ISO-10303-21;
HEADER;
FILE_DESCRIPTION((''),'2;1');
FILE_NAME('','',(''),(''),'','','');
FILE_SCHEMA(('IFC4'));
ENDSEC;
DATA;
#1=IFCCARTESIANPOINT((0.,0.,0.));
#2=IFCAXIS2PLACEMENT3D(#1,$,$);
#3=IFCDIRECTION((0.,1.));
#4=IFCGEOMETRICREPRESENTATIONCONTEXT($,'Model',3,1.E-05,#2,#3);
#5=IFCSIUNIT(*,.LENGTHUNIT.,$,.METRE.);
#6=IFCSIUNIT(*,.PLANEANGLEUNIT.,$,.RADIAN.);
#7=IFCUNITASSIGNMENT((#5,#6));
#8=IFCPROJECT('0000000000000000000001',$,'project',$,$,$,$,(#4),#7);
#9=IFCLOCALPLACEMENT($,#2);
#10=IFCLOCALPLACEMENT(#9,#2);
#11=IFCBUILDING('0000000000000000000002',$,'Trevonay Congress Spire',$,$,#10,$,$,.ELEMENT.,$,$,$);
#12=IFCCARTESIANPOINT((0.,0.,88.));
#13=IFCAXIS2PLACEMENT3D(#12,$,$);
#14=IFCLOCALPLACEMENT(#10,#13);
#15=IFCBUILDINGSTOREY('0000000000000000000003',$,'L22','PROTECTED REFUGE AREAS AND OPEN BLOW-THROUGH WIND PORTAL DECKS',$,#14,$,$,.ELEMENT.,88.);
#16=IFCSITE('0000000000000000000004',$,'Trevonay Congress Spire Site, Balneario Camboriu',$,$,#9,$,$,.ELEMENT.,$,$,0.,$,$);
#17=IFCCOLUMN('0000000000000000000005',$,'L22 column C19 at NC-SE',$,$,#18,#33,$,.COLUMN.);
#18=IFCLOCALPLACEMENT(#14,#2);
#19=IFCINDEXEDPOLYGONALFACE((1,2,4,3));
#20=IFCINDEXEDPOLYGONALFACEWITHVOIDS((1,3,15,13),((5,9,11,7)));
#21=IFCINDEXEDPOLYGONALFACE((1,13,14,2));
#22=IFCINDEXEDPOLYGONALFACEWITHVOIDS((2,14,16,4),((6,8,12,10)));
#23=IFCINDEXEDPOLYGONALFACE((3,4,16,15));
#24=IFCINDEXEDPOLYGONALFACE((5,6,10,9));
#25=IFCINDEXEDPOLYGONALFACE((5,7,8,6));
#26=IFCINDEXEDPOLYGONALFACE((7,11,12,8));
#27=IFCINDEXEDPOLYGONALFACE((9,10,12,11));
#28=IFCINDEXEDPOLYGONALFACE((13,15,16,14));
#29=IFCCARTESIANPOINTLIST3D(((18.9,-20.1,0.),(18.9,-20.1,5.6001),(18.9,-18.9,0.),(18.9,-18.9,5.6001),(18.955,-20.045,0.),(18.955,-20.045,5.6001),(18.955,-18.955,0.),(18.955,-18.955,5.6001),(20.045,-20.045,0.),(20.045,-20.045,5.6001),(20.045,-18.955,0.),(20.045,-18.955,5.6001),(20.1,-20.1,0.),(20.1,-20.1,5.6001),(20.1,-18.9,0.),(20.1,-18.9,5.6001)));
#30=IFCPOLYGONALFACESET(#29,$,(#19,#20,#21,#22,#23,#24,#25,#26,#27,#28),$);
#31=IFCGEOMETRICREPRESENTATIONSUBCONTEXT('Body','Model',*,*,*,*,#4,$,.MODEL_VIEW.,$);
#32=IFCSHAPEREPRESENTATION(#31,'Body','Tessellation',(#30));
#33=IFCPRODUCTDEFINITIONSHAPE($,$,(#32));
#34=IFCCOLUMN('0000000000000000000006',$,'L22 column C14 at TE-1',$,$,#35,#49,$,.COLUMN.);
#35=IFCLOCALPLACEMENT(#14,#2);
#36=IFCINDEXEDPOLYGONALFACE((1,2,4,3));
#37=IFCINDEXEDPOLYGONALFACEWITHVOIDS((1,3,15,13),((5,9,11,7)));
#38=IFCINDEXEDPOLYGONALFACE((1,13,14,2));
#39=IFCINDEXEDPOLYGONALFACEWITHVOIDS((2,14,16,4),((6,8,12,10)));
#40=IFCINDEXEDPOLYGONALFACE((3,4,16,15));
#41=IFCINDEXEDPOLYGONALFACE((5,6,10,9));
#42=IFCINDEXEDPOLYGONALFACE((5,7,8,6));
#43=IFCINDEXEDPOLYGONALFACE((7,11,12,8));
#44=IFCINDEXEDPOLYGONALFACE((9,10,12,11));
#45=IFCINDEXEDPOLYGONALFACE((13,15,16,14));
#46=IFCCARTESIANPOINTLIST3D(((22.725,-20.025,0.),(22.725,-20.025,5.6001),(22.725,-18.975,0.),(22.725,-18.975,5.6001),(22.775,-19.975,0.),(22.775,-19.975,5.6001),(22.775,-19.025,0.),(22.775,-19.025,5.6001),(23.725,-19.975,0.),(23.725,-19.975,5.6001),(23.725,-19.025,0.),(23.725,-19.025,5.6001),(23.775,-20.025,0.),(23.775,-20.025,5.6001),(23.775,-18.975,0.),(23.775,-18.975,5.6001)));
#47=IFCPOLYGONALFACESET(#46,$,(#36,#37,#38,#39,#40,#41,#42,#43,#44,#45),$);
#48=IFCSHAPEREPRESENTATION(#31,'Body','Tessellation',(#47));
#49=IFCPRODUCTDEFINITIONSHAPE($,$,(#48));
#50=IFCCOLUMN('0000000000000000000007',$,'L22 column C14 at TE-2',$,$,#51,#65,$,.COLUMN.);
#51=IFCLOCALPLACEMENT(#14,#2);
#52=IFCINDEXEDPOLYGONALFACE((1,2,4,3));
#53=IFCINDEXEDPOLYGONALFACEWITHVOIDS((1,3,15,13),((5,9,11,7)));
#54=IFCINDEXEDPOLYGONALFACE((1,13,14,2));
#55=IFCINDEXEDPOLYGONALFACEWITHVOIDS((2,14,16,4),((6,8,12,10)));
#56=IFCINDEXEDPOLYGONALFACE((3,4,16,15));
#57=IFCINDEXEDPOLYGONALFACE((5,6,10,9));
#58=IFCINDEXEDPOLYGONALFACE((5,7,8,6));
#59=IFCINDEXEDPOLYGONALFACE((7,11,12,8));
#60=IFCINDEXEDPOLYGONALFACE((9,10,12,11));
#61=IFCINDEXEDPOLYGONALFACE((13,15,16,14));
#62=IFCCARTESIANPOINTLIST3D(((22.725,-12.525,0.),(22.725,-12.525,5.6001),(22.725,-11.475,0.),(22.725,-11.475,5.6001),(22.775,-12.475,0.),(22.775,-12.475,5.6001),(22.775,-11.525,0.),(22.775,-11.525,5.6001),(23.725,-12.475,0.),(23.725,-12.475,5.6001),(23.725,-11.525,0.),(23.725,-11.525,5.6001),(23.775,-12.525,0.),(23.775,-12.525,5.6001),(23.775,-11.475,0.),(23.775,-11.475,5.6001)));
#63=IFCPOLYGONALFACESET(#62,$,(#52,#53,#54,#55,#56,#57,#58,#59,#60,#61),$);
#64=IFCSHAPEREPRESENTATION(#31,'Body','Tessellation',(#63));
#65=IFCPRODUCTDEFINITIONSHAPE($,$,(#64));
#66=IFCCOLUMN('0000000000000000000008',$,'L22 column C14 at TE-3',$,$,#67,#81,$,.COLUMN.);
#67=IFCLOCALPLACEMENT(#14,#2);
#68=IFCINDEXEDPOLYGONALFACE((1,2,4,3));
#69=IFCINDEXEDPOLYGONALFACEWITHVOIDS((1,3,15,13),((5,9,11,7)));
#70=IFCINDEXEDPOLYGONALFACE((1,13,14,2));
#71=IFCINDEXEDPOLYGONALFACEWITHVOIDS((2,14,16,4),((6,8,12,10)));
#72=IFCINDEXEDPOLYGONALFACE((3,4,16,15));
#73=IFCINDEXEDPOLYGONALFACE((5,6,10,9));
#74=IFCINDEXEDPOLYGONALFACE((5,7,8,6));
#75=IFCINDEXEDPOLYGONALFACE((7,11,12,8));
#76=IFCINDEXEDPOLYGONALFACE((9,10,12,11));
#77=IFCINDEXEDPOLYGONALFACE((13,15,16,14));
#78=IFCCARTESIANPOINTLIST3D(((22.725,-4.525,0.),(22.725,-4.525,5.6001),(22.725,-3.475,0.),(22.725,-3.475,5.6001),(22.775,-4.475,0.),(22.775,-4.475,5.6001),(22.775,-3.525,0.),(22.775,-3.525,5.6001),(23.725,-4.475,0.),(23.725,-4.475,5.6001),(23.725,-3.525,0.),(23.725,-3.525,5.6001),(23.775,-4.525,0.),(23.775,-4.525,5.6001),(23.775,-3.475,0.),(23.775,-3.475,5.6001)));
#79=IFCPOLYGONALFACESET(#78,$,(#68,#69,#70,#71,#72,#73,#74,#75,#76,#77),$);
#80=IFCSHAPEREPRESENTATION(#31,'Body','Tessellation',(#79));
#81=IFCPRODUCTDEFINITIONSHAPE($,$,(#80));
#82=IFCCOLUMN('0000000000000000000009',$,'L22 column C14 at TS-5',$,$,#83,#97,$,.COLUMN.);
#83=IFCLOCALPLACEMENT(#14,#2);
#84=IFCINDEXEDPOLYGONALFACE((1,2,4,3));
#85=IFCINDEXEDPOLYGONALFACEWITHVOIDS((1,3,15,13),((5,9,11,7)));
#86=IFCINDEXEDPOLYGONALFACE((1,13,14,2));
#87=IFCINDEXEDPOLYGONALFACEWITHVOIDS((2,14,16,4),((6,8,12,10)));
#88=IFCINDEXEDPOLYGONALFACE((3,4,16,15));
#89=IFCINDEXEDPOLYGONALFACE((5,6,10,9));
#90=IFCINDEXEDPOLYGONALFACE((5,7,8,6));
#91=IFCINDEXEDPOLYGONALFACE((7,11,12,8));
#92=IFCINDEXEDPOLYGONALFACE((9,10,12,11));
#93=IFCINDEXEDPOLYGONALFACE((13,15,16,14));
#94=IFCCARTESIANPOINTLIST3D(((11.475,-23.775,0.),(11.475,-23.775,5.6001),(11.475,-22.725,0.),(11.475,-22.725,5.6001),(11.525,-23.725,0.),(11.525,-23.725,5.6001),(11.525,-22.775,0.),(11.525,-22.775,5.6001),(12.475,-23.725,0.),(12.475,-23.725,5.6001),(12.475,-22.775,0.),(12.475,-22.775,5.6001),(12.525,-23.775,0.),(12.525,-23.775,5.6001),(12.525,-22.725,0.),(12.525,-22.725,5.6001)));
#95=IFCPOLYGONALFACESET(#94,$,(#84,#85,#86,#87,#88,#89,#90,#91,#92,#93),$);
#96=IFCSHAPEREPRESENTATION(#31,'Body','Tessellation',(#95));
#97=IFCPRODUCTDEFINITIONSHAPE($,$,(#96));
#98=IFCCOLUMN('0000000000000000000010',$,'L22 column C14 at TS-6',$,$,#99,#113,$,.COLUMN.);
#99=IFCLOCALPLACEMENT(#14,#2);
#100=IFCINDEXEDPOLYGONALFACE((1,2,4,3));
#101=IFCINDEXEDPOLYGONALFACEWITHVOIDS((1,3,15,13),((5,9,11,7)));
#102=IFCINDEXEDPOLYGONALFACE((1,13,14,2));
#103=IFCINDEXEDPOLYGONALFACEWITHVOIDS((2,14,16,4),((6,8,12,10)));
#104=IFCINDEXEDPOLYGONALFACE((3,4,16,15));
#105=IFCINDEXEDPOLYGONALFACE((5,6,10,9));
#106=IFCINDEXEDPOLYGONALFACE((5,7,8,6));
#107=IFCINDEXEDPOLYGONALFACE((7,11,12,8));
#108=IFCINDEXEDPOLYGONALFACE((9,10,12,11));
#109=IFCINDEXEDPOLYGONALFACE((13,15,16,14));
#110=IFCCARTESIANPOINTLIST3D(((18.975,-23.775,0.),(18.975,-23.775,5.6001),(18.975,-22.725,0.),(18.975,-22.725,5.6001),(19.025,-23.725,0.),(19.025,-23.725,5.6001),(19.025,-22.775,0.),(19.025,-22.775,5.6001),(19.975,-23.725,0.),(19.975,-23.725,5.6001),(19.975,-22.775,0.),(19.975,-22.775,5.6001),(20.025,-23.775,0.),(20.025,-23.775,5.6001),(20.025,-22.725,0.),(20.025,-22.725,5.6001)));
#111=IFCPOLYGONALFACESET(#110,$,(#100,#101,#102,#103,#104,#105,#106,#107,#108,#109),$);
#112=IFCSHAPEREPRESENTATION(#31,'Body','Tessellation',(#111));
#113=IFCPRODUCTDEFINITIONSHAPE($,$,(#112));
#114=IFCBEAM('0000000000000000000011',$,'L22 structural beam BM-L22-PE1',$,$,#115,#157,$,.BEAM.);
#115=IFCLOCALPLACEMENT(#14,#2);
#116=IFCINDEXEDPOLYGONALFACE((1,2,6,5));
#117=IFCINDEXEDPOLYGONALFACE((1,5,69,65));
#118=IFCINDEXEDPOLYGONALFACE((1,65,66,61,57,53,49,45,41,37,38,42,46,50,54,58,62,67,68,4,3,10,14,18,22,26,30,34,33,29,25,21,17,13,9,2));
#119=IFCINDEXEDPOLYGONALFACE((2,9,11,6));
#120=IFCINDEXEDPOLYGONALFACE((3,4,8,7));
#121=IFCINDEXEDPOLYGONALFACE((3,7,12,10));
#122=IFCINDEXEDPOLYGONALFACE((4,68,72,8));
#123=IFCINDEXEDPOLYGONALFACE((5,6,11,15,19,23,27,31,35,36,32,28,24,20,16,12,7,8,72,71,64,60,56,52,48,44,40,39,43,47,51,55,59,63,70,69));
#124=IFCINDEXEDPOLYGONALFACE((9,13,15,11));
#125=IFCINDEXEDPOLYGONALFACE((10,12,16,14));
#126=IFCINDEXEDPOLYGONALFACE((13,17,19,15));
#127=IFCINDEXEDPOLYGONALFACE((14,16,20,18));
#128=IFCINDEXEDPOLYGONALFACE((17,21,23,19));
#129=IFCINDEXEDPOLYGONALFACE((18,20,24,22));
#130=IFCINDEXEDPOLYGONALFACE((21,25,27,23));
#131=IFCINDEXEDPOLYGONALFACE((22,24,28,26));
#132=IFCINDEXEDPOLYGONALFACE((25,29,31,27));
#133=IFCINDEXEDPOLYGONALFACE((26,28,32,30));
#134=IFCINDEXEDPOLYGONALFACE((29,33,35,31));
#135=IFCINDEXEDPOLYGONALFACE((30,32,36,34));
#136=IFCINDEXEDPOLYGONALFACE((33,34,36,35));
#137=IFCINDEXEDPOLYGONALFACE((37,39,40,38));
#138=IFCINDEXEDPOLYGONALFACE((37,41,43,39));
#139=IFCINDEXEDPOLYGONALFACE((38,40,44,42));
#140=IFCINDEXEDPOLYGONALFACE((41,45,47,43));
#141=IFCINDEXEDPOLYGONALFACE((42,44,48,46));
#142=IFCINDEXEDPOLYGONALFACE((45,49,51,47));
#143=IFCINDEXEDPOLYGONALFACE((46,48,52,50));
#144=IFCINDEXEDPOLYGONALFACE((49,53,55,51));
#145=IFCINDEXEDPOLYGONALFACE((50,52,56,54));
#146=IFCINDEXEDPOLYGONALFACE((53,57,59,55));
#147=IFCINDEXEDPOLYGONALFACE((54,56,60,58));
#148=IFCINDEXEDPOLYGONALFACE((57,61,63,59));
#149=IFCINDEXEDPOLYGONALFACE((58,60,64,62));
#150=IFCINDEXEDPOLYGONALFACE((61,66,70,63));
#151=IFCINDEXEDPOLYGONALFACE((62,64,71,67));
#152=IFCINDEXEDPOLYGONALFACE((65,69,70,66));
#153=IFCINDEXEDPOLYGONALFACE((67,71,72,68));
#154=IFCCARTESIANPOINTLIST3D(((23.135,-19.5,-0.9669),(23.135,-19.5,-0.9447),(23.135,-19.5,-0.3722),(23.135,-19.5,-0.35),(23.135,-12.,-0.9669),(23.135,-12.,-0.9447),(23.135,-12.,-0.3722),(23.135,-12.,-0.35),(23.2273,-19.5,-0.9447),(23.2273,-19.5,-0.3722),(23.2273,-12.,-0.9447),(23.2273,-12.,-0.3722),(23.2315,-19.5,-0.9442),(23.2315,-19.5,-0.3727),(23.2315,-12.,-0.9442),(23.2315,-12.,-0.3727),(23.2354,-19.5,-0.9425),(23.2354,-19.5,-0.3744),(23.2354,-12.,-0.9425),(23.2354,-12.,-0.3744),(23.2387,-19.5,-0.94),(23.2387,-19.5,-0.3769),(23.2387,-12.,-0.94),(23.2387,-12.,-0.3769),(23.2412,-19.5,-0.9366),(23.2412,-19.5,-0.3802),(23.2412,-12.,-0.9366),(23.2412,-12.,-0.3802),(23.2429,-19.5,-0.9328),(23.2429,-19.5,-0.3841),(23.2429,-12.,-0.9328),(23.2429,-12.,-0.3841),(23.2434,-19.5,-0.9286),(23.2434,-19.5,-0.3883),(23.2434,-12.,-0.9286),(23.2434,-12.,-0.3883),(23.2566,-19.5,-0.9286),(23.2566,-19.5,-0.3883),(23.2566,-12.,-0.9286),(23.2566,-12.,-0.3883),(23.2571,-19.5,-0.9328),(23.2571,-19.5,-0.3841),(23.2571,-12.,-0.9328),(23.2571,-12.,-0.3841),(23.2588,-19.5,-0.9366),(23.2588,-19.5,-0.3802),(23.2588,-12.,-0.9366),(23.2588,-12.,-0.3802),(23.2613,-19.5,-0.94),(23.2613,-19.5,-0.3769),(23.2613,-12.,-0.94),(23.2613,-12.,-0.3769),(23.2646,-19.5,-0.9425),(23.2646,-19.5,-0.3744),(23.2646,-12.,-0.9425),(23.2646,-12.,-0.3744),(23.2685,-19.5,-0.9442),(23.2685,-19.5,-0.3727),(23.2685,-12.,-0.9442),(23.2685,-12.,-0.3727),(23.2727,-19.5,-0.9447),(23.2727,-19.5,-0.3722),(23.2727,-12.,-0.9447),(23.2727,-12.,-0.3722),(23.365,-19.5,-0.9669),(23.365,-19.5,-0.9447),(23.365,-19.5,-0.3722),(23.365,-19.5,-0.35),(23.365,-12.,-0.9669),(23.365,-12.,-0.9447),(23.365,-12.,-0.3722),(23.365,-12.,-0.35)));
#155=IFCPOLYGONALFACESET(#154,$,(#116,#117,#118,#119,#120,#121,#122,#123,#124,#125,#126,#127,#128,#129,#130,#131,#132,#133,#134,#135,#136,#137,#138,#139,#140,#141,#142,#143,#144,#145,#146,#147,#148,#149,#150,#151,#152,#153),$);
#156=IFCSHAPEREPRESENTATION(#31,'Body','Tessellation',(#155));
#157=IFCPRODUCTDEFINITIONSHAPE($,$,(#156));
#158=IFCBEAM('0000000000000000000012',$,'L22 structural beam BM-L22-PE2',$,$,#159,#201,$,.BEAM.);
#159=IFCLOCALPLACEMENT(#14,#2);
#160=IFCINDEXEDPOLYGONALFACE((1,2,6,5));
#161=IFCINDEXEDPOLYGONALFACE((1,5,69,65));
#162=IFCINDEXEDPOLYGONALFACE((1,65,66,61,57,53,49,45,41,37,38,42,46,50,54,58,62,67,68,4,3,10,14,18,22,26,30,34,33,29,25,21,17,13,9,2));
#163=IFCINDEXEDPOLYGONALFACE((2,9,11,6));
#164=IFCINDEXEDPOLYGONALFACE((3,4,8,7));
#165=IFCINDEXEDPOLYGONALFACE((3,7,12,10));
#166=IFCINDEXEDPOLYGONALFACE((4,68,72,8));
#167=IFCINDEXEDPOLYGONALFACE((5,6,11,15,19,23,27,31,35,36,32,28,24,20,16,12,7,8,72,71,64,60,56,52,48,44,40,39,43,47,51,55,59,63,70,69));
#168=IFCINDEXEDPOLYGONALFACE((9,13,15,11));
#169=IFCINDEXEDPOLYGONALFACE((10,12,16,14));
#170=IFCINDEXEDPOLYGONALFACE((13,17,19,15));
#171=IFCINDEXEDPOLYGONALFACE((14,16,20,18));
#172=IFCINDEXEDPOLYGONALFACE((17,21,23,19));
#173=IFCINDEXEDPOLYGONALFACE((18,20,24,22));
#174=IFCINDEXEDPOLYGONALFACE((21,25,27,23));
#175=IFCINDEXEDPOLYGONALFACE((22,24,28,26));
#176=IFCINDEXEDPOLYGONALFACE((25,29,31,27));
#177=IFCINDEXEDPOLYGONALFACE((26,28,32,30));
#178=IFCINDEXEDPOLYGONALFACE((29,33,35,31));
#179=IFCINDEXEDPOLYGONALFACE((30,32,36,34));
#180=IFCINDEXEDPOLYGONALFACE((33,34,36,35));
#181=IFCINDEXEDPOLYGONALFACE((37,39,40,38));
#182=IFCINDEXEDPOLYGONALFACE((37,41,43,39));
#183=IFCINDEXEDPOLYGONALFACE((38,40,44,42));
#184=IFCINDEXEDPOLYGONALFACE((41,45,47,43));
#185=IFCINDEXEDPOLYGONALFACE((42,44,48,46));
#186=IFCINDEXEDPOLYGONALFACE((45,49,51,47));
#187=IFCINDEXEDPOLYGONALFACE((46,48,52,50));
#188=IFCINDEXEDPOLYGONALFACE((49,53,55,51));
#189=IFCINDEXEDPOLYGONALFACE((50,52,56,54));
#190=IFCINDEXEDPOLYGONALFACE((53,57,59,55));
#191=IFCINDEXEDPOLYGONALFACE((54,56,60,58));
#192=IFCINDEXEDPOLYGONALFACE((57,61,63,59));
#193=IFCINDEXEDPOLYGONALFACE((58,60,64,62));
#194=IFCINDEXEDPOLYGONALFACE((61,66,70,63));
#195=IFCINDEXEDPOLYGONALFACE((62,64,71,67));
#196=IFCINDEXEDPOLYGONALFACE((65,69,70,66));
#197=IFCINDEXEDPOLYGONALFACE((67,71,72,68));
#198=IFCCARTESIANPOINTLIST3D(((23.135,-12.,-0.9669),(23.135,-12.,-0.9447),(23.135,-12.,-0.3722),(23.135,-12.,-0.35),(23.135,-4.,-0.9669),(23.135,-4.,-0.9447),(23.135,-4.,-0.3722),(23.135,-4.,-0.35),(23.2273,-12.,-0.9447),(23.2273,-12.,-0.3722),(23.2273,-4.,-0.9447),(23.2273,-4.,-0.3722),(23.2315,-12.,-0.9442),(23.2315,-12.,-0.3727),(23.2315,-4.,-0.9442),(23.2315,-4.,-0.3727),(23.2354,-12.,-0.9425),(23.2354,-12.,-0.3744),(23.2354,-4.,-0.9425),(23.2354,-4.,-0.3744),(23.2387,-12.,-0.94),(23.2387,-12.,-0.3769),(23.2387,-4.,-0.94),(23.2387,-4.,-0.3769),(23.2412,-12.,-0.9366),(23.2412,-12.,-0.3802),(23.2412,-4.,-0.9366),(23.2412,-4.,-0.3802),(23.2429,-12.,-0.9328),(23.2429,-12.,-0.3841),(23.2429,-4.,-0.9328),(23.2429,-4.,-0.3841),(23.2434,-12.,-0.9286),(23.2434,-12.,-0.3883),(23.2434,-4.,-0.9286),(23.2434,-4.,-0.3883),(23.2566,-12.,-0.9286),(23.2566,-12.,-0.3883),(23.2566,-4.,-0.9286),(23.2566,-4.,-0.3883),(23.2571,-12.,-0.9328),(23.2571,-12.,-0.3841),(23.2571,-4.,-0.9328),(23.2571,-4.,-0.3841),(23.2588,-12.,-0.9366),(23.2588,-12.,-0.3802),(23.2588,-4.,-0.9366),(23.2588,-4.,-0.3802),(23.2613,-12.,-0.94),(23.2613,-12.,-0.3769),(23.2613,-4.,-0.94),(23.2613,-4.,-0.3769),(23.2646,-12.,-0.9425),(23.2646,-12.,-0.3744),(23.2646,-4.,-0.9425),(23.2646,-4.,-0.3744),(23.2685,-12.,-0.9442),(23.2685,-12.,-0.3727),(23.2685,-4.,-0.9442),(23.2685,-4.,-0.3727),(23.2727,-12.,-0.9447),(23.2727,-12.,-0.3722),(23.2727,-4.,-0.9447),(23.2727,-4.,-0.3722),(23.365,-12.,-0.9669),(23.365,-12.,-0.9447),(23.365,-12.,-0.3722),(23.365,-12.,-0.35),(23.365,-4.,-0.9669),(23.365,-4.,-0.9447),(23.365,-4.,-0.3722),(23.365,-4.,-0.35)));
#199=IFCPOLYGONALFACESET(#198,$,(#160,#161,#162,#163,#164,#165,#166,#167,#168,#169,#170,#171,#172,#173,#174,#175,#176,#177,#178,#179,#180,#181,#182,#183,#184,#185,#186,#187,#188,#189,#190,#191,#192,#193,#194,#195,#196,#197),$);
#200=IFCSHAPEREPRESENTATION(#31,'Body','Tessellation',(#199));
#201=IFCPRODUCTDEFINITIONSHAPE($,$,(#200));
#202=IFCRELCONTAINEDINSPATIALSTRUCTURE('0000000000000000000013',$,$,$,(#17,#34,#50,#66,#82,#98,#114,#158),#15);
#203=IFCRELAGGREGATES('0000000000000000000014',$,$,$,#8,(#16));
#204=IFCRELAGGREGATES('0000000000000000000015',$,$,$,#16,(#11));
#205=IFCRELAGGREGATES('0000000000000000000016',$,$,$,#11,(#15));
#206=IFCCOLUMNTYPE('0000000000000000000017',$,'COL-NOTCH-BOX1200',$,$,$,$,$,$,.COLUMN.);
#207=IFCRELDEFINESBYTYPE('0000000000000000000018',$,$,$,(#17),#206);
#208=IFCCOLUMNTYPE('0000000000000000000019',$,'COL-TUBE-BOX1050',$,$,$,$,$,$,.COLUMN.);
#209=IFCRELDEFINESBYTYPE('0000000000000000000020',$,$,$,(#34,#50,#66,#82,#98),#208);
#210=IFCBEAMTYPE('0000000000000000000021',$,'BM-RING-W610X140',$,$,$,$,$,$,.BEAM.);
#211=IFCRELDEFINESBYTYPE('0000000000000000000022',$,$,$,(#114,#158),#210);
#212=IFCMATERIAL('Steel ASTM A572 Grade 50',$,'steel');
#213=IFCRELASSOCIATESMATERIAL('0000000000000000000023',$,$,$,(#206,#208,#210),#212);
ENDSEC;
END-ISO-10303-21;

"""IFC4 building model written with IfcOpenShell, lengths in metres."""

from ifc_helpers import new_model, si_unit, direction, frame, origin, origin_2d, place, context, subcontext, project, spatial, hollow_rectangle, i_section, extrude, material, material_profile, profile_set, type_object, element, save


model = new_model("IFC4")

# Units and contexts
model_context = context("Model", 3, precision=1e-05, world=origin(), true_north=direction((0.0, 1.0)))
body_context = subcontext(model_context, "Body", "Model", "MODEL_VIEW")
ifc_project = project(units=[si_unit("LENGTHUNIT", "METRE"), si_unit("PLANEANGLEUNIT", "RADIAN")], contexts=[model_context])

# Site, building, storey
site_placement = place(None, origin())
site = spatial("IfcSite", under=ifc_project, at=site_placement, Name="Trevonay Congress Spire Site, Balneario Camboriu", CompositionType="ELEMENT", RefElevation=0.0)
building_placement = place(site_placement, origin())
building = spatial("IfcBuilding", under=site, at=building_placement, Name="Trevonay Congress Spire", CompositionType="ELEMENT")
storey_placement = place(building_placement, frame((0.0, 0.0, 88.0)))
storey = spatial("IfcBuildingStorey", under=building, at=storey_placement, Name="L22", Description="PROTECTED REFUGE AREAS AND OPEN BLOW-THROUGH WIND PORTAL DECKS", CompositionType="ELEMENT", Elevation=88.0)

# Columns
ifc_material_1 = material(Name="Steel ASTM A572 Grade 50", Category="steel")
ifc_material_profile_1 = material_profile(ifc_material_1, hollow_rectangle(XDim=1.2, YDim=1.2, WallThickness=0.0549, at=origin_2d()), Name="BOX 1200x1200x55")
ifc_profile_set_1 = profile_set([ifc_material_profile_1], Name="Steel ASTM A572 Grade 50")
column_type_1 = type_object("IfcColumnType", Name="COL-NOTCH-BOX1200", PredefinedType="COLUMN", material=ifc_profile_set_1)
column_placement = place(storey_placement, frame((19.5, -19.5, 0.0), z_axis=(0.0, 0.0, 1.0), x_axis=(1.0, 0.0, 0.0)))
element("IfcColumn", 1, at=column_placement, inside=storey, type_object=column_type_1, Name="L22 column C19 at NC-SE", PredefinedType="COLUMN", context=body_context, shape_type="SweptSolid", body=[
    extrude(hollow_rectangle(XDim=1.2, YDim=1.2, WallThickness=0.0549, at=origin_2d()), origin(), (0.0, 0.0, 1.0), 5.6001),
])
ifc_material_profile_2 = material_profile(ifc_material_1, hollow_rectangle(XDim=1.05, YDim=1.05, WallThickness=0.05, at=origin_2d()), Name="BOX 1050x1050x50")
ifc_profile_set_2 = profile_set([ifc_material_profile_2], Name="Steel ASTM A572 Grade 50")
column_type_2 = type_object("IfcColumnType", Name="COL-TUBE-BOX1050", PredefinedType="COLUMN", material=ifc_profile_set_2)
for number, where, z_axis, x_axis, name in (
    (2, (23.25, -19.5, 0.0), (0.0, 0.0, 1.0), (1.0, 0.0, 0.0), "L22 column C14 at TE-1"),
    (3, (23.25, -12.0, 0.0), (0.0, 0.0, 1.0), (1.0, 0.0, 0.0), "L22 column C14 at TE-2"),
    (4, (23.25, -4.0, 0.0), (0.0, 0.0, 1.0), (1.0, 0.0, 0.0), "L22 column C14 at TE-3"),
    (5, (12.0, -23.25, 0.0), (0.0, 0.0, 1.0), (1.0, 0.0, 0.0), "L22 column C14 at TS-5"),
    (6, (19.5, -23.25, 0.0), (0.0, 0.0, 1.0), (1.0, 0.0, 0.0), "L22 column C14 at TS-6"),
):
    element("IfcColumn", number, at=place(storey_placement, frame(where, z_axis=z_axis, x_axis=x_axis)), inside=storey, type_object=column_type_2, Name=name, PredefinedType="COLUMN", context=body_context, shape_type="SweptSolid", body=[
        extrude(hollow_rectangle(XDim=1.05, YDim=1.05, WallThickness=0.05, at=origin_2d()), origin(), (0.0, 0.0, 1.0), 5.6001),
    ])

# Beams
ifc_material_profile_3 = material_profile(ifc_material_1, i_section(OverallWidth=0.23, OverallDepth=0.6169, WebThickness=0.0132, FlangeThickness=0.0222, FilletRadius=0.0161, at=origin_2d()), Name="W610x140")
ifc_profile_set_3 = profile_set([ifc_material_profile_3], Name="Steel ASTM A572 Grade 50")
beam_type_1 = type_object("IfcBeamType", Name="BM-RING-W610X140", PredefinedType="BEAM", material=ifc_profile_set_3)
beam_1_placement = place(storey_placement, frame((23.25, -19.5, -0.6584), z_axis=(0.0, 1.0, 0.0), x_axis=(-1.0, 0.0, 0.0)))
element("IfcBeam", 7, at=beam_1_placement, inside=storey, type_object=beam_type_1, Name="L22 structural beam BM-L22-PE1", PredefinedType="BEAM", context=body_context, shape_type="SweptSolid", body=[
    extrude(i_section(OverallWidth=0.23, OverallDepth=0.6169, WebThickness=0.0132, FlangeThickness=0.0222, FilletRadius=0.0161, at=origin_2d()), origin(), (0.0, 0.0, 1.0), 7.5),
])
for number, where, z_axis, x_axis, name in (
    (8, (23.25, -12.0, -0.6584), (0.0, 1.0, 0.0), (-1.0, 0.0, 0.0), "L22 structural beam BM-L22-PE2"),
):
    element("IfcBeam", number, at=place(storey_placement, frame(where, z_axis=z_axis, x_axis=x_axis)), inside=storey, type_object=beam_type_1, Name=name, PredefinedType="BEAM", context=body_context, shape_type="SweptSolid", body=[
        extrude(i_section(OverallWidth=0.23, OverallDepth=0.6169, WebThickness=0.0132, FlangeThickness=0.0222, FilletRadius=0.0161, at=origin_2d()), origin(), (0.0, 0.0, 1.0), 8.0),
    ])

save(model, "model.ifc")
